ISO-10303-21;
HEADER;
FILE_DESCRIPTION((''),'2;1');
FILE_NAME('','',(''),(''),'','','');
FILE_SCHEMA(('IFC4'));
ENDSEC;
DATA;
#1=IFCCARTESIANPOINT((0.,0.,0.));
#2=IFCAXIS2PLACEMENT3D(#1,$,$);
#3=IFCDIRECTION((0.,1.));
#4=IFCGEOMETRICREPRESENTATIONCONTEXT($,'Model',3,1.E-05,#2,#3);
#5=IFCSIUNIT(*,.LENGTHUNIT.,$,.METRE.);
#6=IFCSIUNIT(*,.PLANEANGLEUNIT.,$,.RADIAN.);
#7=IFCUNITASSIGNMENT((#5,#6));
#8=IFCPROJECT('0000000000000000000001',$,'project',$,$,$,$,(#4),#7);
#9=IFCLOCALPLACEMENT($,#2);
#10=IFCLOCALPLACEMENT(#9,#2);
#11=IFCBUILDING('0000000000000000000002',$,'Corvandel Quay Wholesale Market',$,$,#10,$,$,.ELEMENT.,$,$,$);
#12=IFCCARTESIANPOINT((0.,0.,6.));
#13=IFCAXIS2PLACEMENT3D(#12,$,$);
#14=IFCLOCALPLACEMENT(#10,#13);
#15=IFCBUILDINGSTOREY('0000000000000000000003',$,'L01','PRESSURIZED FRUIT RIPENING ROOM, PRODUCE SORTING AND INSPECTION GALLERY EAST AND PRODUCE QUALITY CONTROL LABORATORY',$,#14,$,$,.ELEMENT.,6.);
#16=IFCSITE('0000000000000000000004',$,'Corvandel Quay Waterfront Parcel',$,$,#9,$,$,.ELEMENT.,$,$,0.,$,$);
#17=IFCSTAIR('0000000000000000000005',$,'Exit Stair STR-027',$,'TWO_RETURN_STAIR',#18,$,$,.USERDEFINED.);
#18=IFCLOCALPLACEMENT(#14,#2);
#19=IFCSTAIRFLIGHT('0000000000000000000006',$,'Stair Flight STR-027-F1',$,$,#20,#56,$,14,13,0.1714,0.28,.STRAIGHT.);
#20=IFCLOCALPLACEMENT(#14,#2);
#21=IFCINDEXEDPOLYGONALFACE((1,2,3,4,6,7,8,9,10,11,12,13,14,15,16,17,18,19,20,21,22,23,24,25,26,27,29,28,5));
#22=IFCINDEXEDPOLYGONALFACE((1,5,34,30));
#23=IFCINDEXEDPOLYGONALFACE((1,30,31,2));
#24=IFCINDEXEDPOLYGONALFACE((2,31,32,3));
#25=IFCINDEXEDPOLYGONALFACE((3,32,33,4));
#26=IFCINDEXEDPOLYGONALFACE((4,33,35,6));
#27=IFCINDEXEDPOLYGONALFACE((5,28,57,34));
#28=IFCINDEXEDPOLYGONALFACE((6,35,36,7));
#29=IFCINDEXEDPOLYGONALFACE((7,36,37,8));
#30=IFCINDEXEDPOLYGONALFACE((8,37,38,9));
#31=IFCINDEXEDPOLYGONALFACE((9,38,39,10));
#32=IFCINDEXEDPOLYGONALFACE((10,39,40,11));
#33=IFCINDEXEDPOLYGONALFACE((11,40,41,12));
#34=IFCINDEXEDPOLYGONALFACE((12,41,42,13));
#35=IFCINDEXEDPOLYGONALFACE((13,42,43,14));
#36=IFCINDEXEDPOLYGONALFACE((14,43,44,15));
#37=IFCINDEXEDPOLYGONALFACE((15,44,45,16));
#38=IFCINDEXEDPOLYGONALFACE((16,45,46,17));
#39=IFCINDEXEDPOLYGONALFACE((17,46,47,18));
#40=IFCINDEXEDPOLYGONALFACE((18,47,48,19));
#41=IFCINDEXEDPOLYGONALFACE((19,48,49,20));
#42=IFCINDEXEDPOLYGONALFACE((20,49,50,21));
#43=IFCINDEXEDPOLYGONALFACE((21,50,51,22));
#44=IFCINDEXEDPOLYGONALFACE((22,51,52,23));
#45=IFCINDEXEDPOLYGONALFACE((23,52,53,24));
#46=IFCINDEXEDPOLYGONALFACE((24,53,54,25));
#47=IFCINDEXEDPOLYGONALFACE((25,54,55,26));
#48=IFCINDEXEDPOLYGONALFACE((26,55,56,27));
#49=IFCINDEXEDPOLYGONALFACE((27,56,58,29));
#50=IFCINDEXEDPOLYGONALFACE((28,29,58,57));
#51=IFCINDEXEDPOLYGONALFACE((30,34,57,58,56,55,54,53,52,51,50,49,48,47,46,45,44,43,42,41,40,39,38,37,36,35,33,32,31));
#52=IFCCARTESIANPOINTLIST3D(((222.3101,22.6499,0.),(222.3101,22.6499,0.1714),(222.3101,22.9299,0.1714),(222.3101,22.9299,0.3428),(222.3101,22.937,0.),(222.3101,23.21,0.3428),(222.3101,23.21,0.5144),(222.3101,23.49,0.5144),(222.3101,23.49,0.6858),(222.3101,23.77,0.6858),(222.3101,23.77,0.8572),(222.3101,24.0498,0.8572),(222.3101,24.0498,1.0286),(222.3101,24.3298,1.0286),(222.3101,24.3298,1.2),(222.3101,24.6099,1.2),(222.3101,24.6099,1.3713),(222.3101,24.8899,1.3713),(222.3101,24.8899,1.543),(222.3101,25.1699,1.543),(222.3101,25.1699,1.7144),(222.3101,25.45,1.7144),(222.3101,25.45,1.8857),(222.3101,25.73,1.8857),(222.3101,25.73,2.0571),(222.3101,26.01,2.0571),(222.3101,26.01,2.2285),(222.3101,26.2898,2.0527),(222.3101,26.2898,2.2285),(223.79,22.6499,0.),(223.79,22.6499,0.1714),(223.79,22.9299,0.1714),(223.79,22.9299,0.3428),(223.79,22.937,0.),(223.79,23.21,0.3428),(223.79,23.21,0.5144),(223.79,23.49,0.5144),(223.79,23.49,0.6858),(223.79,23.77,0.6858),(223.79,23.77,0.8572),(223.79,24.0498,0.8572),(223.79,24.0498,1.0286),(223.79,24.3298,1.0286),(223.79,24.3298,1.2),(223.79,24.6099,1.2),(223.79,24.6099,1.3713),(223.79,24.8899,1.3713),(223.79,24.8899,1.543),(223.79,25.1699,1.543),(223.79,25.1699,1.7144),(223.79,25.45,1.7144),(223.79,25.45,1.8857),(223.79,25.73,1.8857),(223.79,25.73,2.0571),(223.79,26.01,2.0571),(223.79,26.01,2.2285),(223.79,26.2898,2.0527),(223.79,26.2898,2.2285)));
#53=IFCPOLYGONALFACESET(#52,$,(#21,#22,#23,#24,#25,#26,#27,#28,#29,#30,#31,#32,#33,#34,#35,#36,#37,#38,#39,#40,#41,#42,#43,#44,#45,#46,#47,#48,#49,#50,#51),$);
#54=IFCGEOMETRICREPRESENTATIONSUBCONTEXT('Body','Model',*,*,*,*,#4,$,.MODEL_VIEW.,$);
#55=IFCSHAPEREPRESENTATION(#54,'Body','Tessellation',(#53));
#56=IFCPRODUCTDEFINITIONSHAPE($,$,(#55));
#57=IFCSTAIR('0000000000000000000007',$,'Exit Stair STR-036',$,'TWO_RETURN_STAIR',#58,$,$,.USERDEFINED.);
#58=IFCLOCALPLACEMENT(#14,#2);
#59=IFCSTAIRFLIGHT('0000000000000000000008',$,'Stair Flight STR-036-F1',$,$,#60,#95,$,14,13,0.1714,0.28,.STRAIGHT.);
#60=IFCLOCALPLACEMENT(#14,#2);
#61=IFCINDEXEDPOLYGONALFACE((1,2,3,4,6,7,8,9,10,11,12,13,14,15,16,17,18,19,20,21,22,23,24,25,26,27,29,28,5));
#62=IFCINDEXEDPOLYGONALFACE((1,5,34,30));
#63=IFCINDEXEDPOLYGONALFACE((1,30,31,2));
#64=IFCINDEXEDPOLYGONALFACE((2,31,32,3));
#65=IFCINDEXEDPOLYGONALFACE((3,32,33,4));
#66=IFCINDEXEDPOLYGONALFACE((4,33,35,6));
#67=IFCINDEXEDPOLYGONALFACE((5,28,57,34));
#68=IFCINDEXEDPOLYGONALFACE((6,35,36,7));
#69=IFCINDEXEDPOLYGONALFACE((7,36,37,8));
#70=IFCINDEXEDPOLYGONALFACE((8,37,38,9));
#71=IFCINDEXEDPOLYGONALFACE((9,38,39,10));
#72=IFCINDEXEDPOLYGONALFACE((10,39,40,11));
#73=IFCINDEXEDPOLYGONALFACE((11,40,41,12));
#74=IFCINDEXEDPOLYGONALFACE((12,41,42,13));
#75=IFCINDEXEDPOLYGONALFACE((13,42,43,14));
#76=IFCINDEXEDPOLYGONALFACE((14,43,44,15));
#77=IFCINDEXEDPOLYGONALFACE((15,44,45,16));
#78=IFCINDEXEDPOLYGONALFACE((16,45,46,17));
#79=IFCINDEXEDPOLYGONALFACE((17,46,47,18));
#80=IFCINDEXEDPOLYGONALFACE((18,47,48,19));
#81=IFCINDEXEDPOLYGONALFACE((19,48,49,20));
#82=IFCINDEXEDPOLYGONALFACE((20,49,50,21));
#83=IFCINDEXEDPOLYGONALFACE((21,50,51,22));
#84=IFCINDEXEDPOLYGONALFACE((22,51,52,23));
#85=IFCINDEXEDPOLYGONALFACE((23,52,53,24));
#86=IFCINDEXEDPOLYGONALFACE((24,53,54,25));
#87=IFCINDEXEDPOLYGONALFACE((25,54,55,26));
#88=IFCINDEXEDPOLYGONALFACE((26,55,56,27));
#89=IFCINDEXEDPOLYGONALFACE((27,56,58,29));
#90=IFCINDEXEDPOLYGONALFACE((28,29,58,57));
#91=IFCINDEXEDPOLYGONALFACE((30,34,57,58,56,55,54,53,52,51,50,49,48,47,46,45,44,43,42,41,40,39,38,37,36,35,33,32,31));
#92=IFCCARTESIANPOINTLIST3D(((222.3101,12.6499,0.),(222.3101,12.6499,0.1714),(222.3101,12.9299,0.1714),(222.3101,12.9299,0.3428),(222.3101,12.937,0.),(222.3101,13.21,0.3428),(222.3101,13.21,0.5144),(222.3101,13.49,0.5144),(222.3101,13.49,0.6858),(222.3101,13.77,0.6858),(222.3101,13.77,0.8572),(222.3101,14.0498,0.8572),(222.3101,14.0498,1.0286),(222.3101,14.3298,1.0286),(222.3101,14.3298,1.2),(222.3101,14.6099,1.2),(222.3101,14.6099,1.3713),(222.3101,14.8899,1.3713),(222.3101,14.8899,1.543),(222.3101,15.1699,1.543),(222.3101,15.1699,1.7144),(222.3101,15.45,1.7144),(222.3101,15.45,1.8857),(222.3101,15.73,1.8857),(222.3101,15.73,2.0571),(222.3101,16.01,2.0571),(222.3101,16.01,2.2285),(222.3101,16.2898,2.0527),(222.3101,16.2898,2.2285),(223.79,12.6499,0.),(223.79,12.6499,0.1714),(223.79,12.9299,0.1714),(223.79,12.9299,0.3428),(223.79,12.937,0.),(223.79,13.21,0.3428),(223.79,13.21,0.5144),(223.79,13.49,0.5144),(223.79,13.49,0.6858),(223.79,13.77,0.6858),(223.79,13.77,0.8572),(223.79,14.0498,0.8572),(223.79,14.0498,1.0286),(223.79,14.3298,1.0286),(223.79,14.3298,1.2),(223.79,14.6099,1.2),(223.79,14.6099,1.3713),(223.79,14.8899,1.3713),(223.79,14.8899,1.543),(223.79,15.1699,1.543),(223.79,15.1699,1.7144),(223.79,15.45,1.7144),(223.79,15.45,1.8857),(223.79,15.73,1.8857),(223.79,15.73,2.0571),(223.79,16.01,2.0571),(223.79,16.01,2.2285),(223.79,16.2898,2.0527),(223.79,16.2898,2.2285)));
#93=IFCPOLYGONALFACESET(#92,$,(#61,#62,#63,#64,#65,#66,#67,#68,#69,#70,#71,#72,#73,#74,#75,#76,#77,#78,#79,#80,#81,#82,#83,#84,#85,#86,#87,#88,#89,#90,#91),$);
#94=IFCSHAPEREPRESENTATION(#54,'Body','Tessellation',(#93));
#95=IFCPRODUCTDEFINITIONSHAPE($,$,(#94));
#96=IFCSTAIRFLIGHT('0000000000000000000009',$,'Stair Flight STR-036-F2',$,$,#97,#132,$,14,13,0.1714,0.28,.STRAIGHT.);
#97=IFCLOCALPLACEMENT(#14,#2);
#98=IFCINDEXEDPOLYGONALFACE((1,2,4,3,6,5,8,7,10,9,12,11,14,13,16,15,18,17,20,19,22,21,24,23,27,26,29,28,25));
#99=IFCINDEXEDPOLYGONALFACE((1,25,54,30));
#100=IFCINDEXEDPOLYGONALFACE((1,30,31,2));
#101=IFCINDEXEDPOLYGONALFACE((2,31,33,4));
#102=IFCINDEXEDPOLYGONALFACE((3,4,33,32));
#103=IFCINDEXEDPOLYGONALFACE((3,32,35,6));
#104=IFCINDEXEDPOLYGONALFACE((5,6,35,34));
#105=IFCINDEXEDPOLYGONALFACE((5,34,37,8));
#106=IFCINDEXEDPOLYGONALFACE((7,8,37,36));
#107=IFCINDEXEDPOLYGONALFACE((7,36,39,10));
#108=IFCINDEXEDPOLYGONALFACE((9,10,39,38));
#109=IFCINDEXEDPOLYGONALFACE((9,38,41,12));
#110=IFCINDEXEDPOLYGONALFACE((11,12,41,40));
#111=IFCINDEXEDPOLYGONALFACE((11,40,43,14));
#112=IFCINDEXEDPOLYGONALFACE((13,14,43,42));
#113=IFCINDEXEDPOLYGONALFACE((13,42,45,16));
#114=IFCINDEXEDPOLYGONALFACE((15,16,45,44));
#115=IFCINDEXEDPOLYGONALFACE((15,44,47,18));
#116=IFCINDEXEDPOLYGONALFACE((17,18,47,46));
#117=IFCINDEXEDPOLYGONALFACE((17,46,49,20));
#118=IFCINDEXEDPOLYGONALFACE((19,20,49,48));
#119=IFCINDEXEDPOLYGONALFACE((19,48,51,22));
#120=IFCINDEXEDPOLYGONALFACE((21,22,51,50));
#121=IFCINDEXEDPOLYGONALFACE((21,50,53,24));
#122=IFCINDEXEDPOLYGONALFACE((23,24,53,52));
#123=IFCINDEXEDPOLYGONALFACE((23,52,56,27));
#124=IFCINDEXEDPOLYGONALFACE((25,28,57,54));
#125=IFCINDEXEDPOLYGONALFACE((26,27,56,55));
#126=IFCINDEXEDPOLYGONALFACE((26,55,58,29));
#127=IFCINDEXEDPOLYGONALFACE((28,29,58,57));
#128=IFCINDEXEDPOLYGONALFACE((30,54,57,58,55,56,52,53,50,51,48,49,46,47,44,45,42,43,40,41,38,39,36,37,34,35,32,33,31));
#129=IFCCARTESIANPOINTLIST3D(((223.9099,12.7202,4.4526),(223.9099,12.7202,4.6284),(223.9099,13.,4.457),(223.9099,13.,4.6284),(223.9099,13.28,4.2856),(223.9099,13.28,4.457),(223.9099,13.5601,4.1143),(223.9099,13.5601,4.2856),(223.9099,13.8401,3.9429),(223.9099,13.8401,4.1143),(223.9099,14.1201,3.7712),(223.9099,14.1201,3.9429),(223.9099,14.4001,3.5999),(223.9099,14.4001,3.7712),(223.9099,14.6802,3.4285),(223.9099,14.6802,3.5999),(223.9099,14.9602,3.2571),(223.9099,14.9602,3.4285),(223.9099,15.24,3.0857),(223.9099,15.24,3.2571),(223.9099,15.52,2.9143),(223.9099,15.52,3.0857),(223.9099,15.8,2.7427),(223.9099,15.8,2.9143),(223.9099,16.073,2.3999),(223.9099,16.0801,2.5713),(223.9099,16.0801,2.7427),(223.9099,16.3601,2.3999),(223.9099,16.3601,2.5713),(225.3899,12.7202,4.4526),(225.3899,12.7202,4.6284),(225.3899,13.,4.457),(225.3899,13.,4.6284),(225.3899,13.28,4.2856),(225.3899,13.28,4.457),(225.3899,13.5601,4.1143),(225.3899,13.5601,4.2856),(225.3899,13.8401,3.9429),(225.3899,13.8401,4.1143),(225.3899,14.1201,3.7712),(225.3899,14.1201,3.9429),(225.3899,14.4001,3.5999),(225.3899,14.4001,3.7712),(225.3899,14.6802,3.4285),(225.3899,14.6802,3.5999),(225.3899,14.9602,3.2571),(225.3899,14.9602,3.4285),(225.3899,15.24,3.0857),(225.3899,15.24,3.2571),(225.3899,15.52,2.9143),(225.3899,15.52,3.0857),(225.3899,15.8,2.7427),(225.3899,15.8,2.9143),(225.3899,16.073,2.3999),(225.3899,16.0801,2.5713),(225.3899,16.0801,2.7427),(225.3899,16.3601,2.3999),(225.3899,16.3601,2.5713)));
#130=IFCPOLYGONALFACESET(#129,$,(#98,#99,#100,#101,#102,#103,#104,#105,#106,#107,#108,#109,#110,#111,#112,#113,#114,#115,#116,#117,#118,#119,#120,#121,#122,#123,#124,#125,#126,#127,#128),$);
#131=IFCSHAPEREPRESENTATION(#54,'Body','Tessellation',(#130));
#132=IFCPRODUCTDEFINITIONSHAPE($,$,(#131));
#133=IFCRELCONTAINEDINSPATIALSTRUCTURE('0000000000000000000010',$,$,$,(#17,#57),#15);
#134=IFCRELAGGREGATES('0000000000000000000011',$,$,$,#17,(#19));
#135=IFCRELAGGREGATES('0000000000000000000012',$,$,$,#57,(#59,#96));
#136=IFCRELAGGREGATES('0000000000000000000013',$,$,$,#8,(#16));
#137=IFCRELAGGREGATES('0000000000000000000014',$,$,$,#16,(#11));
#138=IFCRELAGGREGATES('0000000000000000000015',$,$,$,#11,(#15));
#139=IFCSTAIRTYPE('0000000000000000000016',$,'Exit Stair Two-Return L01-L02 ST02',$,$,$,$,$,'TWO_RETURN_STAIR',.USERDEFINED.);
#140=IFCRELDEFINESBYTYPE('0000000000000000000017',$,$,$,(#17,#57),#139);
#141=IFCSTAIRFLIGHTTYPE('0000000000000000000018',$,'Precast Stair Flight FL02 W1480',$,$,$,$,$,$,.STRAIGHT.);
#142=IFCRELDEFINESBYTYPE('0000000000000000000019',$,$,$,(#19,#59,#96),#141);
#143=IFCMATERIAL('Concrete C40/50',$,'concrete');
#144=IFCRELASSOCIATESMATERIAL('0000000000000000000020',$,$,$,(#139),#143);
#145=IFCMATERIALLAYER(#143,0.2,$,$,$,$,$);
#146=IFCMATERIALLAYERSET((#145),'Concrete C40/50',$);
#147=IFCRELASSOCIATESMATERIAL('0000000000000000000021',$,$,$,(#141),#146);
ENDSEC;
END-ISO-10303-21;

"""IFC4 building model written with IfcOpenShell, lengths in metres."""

from ifc_helpers import new_model, si_unit, direction, frame, origin, place, context, subcontext, project, spatial, polyline, outline, extrude, material, layer, layer_set, type_object, element, aggregate, save


model = new_model("IFC4")

# Units and contexts
model_context = context("Model", 3, precision=1e-05, world=origin(), true_north=direction((0.0, 1.0)))
body_context = subcontext(model_context, "Body", "Model", "MODEL_VIEW")
ifc_project = project(units=[si_unit("LENGTHUNIT", "METRE"), si_unit("PLANEANGLEUNIT", "RADIAN")], contexts=[model_context])

# Site, building, storey
site_placement = place(None, origin())
site = spatial("IfcSite", under=ifc_project, at=site_placement, Name="Corvandel Quay Waterfront Parcel", CompositionType="ELEMENT", RefElevation=0.0)
building_placement = place(site_placement, origin())
building = spatial("IfcBuilding", under=site, at=building_placement, Name="Corvandel Quay Wholesale Market", CompositionType="ELEMENT")
storey_placement = place(building_placement, frame((0.0, 0.0, 6.0)))
storey = spatial("IfcBuildingStorey", under=building, at=storey_placement, Name="L01", Description="PRESSURIZED FRUIT RIPENING ROOM, PRODUCE SORTING AND INSPECTION GALLERY EAST AND PRODUCE QUALITY CONTROL LABORATORY", CompositionType="ELEMENT", Elevation=6.0)

# Shared definitions
ifc_material_1 = material(Name="Concrete C40/50", Category="concrete")

# Stair, stair flight
stair_type = type_object("IfcStairType", Name="Exit Stair Two-Return L01-L02 ST02", ElementType="TWO_RETURN_STAIR", PredefinedType="USERDEFINED", material=ifc_material_1)
stair_1_placement = place(storey_placement, origin())
stair_1 = element("IfcStair", 1, at=stair_1_placement, inside=storey, type_object=stair_type, Name="Exit Stair STR-027", ObjectType="TWO_RETURN_STAIR", PredefinedType="USERDEFINED")
ifc_layer_1 = layer(ifc_material_1, 0.2)
ifc_layer_set_1 = layer_set([ifc_layer_1], Name="Concrete C40/50")
stair_flight_type = type_object("IfcStairFlightType", Name="Precast Stair Flight FL02 W1480", PredefinedType="STRAIGHT", material=ifc_layer_set_1)
stair_flight_1_placement = place(storey_placement, frame((223.05, 22.6499, 0.0), z_axis=(0.0, 0.0, 1.0), x_axis=(0.0, 1.0, 0.0)))
stair_flight_1 = element("IfcStairFlight", 2, at=stair_flight_1_placement, type_object=stair_flight_type, Name="Stair Flight STR-027-F1", NumberOfRisers=14, NumberOfTreads=13, PredefinedType="STRAIGHT", RiserHeight=0.1714, TreadLength=0.28, context=body_context, shape_type="SweptSolid", body=[
    extrude(outline(polyline([(0.0, 0.0), (0.0, 0.1714), (0.28, 0.1714), (0.28, 0.3428), (0.5601, 0.3428), (0.5601, 0.5144), (0.8401, 0.5144), (0.8401, 0.6858), (1.1201, 0.6858), (1.1201, 0.8572), (1.3999, 0.8572), (1.3999, 1.0286), (1.6799, 1.0286), (1.6799, 1.2), (1.96, 1.2), (1.96, 1.3713), (2.24, 1.3713), (2.24, 1.543), (2.52, 1.543), (2.52, 1.7144), (2.8, 1.7144), (2.8, 1.8857), (3.0801, 1.8857), (3.0801, 2.0571), (3.3601, 2.0571), (3.3601, 2.2285), (3.6399, 2.2285), (3.6399, 2.3999), (3.6399, 2.0527), (0.2871, 0.0), (0.0, 0.0)])), frame((0.0, 0.74, 0.0), z_axis=(0.0, -1.0, 0.0), x_axis=(1.0, 0.0, 0.0)), (0.0, 0.0, 1.0), 1.48),
])
aggregate(stair_1, [stair_flight_1])

# Stair, stair flights
stair_2_placement = place(storey_placement, origin())
stair_2 = element("IfcStair", 3, at=stair_2_placement, inside=storey, type_object=stair_type, Name="Exit Stair STR-036", ObjectType="TWO_RETURN_STAIR", PredefinedType="USERDEFINED")
stair_flight_2_placement = place(storey_placement, frame((223.05, 12.6499, 0.0), z_axis=(0.0, 0.0, 1.0), x_axis=(0.0, 1.0, 0.0)))
stair_flight_2 = element("IfcStairFlight", 4, at=stair_flight_2_placement, type_object=stair_flight_type, Name="Stair Flight STR-036-F1", NumberOfRisers=14, NumberOfTreads=13, PredefinedType="STRAIGHT", RiserHeight=0.1714, TreadLength=0.28, context=body_context, shape_type="SweptSolid", body=[
    extrude(outline(polyline([(0.0, 0.0), (0.0, 0.1714), (0.28, 0.1714), (0.28, 0.3428), (0.5601, 0.3428), (0.5601, 0.5144), (0.8401, 0.5144), (0.8401, 0.6858), (1.1201, 0.6858), (1.1201, 0.8572), (1.3999, 0.8572), (1.3999, 1.0286), (1.6799, 1.0286), (1.6799, 1.2), (1.96, 1.2), (1.96, 1.3713), (2.24, 1.3713), (2.24, 1.543), (2.52, 1.543), (2.52, 1.7144), (2.8, 1.7144), (2.8, 1.8857), (3.0801, 1.8857), (3.0801, 2.0571), (3.3601, 2.0571), (3.3601, 2.2285), (3.6399, 2.2285), (3.6399, 2.3999), (3.6399, 2.0527), (0.2871, 0.0), (0.0, 0.0)])), frame((0.0, 0.74, 0.0), z_axis=(0.0, -1.0, 0.0), x_axis=(1.0, 0.0, 0.0)), (0.0, 0.0, 1.0), 1.48),
])
stair_flight_3_placement = place(storey_placement, frame((224.6499, 16.3601, 2.3999), z_axis=(0.0, 0.0, 1.0), x_axis=(0.0, -1.0, 0.0)))
stair_flight_3 = element("IfcStairFlight", 5, at=stair_flight_3_placement, type_object=stair_flight_type, Name="Stair Flight STR-036-F2", NumberOfRisers=14, NumberOfTreads=13, PredefinedType="STRAIGHT", RiserHeight=0.1714, TreadLength=0.28, context=body_context, shape_type="SweptSolid", body=[
    extrude(outline(polyline([(0.0, 0.0), (0.0, 0.1714), (0.28, 0.1714), (0.28, 0.3428), (0.5601, 0.3428), (0.5601, 0.5144), (0.8401, 0.5144), (0.8401, 0.6858), (1.1201, 0.6858), (1.1201, 0.8572), (1.3999, 0.8572), (1.3999, 1.0286), (1.6799, 1.0286), (1.6799, 1.2), (1.96, 1.2), (1.96, 1.3713), (2.24, 1.3713), (2.24, 1.543), (2.52, 1.543), (2.52, 1.7144), (2.8, 1.7144), (2.8, 1.8857), (3.0801, 1.8857), (3.0801, 2.0571), (3.3601, 2.0571), (3.3601, 2.2285), (3.6399, 2.2285), (3.6399, 2.3999), (3.6399, 2.0527), (0.2871, 0.0), (0.0, 0.0)])), frame((0.0, 0.74, 0.0), z_axis=(0.0, -1.0, 0.0), x_axis=(1.0, 0.0, 0.0)), (0.0, 0.0, 1.0), 1.48),
])
aggregate(stair_2, [stair_flight_2, stair_flight_3])

save(model, "model.ifc")
